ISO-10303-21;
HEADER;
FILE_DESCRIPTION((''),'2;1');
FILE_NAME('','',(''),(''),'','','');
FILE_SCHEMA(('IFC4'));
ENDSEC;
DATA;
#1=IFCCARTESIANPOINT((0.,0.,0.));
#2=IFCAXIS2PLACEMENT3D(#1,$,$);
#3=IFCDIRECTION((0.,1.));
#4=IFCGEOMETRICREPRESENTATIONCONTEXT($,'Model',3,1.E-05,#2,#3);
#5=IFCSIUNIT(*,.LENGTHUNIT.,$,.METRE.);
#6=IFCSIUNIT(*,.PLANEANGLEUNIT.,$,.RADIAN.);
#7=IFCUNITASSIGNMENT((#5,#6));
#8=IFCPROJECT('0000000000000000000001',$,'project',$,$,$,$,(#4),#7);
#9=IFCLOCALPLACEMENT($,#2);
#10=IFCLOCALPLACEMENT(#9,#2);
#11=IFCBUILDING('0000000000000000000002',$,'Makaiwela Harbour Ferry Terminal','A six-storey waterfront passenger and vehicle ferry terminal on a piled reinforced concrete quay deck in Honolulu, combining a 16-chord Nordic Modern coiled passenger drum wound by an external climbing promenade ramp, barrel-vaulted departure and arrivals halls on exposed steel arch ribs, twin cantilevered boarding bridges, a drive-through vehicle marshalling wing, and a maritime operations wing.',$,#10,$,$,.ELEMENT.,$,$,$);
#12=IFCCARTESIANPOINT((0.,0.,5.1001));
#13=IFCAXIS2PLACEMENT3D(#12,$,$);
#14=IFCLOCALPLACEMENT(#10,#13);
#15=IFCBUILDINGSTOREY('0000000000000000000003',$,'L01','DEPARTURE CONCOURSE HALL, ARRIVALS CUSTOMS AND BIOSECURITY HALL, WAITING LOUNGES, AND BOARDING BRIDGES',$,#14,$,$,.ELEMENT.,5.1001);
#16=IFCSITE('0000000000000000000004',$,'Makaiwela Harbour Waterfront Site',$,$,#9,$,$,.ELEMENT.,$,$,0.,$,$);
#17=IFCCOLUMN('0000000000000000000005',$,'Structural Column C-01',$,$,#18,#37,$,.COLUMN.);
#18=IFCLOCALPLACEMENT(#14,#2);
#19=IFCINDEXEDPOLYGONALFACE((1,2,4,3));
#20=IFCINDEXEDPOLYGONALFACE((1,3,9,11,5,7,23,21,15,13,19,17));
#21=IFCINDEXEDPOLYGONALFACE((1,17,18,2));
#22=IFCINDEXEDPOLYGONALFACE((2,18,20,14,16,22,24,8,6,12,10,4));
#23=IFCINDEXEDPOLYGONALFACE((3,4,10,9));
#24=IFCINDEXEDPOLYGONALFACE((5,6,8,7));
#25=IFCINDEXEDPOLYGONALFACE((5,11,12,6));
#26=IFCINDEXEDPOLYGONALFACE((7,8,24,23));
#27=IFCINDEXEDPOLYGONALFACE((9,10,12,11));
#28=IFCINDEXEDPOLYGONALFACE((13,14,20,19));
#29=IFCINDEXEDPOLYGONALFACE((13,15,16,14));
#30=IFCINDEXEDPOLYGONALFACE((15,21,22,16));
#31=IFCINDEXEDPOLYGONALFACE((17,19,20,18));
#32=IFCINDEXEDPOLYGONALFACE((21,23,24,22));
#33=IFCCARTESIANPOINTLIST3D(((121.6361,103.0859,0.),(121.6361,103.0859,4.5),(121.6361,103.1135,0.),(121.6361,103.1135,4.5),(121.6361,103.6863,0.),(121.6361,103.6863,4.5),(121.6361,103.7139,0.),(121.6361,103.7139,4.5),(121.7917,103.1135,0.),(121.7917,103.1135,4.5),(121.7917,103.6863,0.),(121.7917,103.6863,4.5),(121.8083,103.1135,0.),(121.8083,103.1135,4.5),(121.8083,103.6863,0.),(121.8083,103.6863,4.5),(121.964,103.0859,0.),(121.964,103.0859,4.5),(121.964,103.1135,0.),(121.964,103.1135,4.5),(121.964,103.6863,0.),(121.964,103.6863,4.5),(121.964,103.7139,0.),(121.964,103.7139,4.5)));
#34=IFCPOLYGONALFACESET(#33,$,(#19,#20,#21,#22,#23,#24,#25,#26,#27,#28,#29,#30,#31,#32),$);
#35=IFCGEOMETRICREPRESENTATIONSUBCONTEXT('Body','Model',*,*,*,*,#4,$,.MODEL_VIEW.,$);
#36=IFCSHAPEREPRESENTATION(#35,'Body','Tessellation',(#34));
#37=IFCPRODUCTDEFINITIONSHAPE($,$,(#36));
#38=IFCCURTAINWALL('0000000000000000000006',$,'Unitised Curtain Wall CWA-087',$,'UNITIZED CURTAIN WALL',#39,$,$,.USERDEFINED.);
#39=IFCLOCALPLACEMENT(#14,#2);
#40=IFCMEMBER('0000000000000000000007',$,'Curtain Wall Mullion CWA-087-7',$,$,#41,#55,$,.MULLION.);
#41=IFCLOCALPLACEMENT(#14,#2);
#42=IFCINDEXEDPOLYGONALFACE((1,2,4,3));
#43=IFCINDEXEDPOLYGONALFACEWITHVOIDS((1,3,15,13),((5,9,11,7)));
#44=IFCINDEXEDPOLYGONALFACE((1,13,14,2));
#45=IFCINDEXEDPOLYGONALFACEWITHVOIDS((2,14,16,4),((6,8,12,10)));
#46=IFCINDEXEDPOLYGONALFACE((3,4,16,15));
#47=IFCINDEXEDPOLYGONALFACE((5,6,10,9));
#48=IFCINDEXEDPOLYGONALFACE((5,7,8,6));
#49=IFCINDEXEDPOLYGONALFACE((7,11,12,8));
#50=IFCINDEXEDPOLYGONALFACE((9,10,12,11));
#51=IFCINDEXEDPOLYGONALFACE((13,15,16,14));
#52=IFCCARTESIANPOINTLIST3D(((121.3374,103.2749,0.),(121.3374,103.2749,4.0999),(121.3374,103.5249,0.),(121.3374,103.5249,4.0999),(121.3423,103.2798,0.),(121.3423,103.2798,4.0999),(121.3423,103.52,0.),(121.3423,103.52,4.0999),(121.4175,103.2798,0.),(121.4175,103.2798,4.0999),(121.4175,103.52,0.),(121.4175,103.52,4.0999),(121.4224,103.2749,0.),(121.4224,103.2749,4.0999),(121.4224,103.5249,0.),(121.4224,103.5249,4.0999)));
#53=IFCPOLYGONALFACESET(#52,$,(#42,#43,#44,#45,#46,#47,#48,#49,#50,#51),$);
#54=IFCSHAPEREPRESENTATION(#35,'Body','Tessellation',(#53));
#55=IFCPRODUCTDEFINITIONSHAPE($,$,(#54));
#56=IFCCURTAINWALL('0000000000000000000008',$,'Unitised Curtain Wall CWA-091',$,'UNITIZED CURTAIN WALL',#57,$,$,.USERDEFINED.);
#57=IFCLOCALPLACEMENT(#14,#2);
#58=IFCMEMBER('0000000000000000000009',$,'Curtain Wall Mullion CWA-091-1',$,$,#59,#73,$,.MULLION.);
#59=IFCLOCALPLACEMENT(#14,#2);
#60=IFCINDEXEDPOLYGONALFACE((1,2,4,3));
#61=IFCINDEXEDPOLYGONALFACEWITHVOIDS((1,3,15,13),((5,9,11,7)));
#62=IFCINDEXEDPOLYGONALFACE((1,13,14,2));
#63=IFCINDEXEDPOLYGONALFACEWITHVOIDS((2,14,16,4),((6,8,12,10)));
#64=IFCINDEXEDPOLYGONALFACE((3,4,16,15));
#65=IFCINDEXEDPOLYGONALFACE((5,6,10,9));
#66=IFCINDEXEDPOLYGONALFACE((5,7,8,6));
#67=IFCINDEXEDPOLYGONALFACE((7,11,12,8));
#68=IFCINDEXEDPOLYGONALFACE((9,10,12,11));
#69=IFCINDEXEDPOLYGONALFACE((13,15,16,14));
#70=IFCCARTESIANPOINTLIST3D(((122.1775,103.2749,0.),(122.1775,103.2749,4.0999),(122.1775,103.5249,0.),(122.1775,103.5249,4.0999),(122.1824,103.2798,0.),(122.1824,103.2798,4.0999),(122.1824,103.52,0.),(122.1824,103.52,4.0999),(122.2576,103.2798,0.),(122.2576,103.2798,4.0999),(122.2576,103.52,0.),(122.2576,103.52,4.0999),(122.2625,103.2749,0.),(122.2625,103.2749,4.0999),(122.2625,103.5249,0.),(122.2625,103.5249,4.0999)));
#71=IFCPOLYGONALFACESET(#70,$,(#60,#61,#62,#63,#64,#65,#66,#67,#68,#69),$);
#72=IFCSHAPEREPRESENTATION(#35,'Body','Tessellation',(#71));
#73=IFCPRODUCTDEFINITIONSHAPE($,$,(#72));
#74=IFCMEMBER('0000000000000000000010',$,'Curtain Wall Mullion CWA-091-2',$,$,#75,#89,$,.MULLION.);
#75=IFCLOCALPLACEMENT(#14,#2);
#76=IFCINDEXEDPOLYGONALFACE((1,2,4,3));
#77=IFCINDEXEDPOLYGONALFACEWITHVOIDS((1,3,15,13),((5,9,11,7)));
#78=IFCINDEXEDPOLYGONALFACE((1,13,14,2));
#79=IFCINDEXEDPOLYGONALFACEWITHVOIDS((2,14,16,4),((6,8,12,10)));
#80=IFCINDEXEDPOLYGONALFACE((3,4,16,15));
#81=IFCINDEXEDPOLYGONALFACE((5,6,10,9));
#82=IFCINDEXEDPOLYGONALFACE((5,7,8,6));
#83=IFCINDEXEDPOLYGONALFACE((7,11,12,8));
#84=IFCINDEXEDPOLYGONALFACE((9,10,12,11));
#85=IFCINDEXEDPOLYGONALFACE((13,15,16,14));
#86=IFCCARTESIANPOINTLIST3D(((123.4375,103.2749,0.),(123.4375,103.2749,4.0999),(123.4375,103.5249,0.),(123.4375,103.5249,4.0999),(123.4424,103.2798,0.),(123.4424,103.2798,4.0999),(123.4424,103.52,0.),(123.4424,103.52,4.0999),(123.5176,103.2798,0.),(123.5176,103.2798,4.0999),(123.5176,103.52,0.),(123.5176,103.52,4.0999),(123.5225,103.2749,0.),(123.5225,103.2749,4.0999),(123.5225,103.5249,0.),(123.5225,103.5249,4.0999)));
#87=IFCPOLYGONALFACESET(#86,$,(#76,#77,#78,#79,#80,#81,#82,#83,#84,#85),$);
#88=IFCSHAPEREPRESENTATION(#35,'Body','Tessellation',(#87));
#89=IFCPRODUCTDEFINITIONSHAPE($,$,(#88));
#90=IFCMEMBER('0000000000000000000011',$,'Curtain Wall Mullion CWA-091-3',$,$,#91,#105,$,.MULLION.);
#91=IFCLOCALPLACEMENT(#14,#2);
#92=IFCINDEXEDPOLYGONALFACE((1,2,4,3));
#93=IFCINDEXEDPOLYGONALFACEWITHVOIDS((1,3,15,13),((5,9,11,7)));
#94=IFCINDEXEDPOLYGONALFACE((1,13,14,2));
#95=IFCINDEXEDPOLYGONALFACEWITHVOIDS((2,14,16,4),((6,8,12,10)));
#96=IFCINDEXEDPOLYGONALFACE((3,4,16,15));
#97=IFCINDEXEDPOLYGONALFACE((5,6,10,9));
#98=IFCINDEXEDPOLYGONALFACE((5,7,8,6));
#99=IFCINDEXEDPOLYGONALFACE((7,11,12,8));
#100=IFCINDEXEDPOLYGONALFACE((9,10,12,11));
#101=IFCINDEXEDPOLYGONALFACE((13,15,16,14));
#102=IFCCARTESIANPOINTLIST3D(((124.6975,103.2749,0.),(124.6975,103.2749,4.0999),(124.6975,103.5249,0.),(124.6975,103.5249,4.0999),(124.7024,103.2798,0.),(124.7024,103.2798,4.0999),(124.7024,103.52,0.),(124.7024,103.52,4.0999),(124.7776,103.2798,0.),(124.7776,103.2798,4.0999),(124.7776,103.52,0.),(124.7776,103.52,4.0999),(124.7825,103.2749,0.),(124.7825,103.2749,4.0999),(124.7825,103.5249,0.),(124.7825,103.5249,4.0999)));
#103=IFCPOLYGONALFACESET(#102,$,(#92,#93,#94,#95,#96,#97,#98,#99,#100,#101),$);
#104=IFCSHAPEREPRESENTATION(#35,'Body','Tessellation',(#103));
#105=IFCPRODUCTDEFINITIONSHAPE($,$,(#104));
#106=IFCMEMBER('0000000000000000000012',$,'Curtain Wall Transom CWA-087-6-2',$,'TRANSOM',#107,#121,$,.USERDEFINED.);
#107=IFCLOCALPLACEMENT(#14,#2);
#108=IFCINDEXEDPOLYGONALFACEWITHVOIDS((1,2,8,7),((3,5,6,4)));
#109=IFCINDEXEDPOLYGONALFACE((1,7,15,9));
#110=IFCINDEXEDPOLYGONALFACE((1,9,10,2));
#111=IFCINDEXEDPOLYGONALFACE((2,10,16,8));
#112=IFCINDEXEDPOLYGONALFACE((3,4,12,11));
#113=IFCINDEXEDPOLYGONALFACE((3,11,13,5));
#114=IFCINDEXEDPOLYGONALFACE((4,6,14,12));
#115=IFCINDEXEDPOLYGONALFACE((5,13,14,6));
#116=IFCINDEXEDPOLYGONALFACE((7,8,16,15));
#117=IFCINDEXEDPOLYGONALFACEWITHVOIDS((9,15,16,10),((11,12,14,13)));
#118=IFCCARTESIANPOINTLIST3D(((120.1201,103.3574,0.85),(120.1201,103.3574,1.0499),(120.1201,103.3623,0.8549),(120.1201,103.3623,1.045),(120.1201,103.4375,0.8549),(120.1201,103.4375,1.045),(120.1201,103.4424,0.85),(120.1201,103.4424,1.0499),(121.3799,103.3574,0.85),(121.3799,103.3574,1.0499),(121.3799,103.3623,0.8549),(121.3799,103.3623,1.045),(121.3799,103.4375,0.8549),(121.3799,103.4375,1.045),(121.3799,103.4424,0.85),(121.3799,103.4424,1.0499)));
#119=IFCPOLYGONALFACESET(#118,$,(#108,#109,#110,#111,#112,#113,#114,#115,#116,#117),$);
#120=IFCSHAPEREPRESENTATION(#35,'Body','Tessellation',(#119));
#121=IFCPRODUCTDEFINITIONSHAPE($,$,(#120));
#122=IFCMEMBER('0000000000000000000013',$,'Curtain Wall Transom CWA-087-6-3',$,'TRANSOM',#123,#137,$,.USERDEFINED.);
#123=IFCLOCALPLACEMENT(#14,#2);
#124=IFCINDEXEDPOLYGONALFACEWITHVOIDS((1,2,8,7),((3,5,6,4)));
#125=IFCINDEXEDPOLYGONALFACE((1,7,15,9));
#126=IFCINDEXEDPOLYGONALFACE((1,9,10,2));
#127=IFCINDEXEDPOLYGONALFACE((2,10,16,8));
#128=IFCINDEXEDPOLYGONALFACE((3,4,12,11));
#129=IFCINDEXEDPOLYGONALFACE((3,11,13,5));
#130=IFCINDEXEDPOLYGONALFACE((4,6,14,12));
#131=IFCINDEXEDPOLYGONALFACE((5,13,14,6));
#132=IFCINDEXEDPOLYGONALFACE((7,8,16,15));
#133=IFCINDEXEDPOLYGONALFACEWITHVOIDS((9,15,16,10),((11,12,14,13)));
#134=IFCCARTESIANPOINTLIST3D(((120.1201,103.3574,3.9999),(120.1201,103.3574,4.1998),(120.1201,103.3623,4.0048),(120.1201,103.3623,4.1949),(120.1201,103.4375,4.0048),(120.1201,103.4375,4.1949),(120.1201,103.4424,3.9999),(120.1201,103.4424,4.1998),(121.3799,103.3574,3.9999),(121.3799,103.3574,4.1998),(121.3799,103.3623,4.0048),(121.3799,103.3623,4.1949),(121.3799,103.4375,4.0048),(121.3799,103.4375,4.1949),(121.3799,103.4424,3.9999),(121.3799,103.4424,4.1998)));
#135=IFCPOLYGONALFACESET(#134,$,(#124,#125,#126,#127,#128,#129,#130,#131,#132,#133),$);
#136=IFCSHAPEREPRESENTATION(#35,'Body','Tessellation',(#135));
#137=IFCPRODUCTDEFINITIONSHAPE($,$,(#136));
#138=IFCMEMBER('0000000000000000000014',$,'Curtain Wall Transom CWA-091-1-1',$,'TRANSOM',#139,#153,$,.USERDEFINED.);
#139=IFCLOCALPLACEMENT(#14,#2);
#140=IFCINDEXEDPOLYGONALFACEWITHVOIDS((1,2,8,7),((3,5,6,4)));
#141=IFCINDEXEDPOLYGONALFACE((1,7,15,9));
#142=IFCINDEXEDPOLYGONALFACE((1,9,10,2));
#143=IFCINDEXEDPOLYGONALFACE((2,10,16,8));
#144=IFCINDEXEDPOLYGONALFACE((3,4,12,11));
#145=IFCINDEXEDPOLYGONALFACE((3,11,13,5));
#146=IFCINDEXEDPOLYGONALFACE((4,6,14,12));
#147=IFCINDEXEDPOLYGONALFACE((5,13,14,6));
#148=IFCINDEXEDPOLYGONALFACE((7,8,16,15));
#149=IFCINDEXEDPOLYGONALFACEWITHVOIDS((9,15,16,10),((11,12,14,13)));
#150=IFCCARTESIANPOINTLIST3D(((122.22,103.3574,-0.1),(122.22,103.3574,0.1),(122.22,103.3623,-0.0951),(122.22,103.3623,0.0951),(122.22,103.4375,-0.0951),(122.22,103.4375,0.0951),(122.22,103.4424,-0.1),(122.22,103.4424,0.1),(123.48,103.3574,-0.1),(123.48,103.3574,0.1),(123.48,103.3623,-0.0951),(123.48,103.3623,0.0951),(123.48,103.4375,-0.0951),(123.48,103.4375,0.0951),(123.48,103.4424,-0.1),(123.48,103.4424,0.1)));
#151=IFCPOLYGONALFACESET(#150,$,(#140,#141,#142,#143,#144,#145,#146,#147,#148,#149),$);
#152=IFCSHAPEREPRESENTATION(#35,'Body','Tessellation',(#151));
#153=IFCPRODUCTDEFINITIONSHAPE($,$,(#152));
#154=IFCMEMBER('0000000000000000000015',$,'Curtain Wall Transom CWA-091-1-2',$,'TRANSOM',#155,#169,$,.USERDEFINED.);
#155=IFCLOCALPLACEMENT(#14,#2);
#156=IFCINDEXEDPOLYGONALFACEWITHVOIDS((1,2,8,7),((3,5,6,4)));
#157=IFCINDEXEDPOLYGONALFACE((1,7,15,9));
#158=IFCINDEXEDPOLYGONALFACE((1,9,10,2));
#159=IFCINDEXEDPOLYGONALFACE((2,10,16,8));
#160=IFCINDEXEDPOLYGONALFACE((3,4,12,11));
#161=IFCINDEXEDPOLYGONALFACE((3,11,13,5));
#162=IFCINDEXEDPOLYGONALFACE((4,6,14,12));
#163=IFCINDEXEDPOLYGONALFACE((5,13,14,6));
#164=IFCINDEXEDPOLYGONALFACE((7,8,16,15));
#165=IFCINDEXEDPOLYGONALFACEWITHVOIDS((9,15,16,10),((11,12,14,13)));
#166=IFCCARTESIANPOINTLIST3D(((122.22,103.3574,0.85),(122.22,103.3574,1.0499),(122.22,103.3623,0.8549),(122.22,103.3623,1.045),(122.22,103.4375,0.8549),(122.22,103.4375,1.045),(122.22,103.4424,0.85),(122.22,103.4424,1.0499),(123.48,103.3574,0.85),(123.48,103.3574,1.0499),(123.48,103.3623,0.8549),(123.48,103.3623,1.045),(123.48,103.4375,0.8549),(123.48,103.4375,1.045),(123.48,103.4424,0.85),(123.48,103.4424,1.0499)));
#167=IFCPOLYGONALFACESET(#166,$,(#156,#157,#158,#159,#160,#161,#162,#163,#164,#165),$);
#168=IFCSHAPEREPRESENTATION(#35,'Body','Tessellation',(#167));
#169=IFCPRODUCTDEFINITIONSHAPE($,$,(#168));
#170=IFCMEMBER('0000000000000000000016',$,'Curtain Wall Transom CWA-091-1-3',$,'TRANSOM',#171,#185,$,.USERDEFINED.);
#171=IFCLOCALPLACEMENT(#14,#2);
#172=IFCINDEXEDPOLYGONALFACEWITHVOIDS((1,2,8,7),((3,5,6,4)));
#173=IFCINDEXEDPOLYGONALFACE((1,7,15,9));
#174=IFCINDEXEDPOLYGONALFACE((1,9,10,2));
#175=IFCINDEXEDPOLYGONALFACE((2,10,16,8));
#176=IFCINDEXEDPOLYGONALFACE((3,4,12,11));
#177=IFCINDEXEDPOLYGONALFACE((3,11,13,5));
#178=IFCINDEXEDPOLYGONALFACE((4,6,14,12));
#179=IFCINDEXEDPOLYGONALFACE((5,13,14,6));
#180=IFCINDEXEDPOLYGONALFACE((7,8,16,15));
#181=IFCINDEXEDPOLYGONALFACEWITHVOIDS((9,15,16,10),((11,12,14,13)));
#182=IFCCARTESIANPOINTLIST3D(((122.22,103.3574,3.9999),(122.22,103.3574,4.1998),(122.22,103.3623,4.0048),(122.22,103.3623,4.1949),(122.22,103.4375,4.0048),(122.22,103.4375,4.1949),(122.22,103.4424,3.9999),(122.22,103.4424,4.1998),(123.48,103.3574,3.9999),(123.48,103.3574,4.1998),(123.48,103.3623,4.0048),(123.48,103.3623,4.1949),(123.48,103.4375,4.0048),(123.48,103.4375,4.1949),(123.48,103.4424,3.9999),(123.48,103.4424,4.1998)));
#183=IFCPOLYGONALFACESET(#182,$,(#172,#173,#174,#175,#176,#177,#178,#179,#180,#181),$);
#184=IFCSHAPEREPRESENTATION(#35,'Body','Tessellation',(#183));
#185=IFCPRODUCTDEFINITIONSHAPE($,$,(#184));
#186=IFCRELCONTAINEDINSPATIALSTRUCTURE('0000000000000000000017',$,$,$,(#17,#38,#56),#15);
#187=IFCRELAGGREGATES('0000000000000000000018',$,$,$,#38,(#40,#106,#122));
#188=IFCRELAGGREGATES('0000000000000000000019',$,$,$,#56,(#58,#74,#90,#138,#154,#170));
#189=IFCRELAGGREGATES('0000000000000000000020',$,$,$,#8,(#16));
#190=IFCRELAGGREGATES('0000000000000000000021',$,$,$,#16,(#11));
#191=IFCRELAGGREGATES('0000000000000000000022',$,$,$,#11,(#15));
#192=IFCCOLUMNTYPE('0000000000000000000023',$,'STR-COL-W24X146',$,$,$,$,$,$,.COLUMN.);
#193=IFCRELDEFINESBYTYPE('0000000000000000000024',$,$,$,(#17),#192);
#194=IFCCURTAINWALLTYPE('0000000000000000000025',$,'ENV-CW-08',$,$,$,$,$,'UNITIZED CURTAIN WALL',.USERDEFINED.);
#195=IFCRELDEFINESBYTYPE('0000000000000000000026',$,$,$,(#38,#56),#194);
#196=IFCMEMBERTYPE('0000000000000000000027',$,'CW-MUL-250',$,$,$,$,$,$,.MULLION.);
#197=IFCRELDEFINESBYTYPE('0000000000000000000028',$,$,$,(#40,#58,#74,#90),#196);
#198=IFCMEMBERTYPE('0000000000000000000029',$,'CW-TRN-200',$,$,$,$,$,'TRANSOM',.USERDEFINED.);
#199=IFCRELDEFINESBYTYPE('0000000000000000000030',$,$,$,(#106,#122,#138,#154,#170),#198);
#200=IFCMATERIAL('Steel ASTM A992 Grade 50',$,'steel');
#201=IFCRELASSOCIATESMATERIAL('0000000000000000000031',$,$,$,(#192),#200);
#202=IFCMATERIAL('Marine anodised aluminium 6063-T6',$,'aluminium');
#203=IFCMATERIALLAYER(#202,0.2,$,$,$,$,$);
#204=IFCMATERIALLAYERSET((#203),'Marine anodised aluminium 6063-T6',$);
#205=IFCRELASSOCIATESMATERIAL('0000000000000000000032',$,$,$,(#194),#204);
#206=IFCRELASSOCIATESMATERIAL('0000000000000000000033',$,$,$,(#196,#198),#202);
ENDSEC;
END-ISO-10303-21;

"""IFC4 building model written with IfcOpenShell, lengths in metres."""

from ifc_helpers import new_model, si_unit, direction, frame, origin, origin_2d, place, context, subcontext, project, spatial, hollow_rectangle, i_section, extrude, material, layer, layer_set, material_profile, profile_set, type_object, element, aggregate, save


model = new_model("IFC4")

# Units and contexts
model_context = context("Model", 3, precision=1e-05, world=origin(), true_north=direction((0.0, 1.0)))
body_context = subcontext(model_context, "Body", "Model", "MODEL_VIEW")
ifc_project = project(units=[si_unit("LENGTHUNIT", "METRE"), si_unit("PLANEANGLEUNIT", "RADIAN")], contexts=[model_context])

# Site, building, storey
site_placement = place(None, origin())
site = spatial("IfcSite", under=ifc_project, at=site_placement, Name="Makaiwela Harbour Waterfront Site", CompositionType="ELEMENT", RefElevation=0.0)
building_placement = place(site_placement, origin())
building = spatial("IfcBuilding", under=site, at=building_placement, Name="Makaiwela Harbour Ferry Terminal", Description="A six-storey waterfront passenger and vehicle ferry terminal on a piled reinforced concrete quay deck in Honolulu, combining a 16-chord Nordic Modern coiled passenger drum wound by an external climbing promenade ramp, barrel-vaulted departure and arrivals halls on exposed steel arch ribs, twin cantilevered boarding bridges, a drive-through vehicle marshalling wing, and a maritime operations wing.", CompositionType="ELEMENT")
storey_placement = place(building_placement, frame((0.0, 0.0, 5.1001)))
storey = spatial("IfcBuildingStorey", under=building, at=storey_placement, Name="L01", Description="DEPARTURE CONCOURSE HALL, ARRIVALS CUSTOMS AND BIOSECURITY HALL, WAITING LOUNGES, AND BOARDING BRIDGES", CompositionType="ELEMENT", Elevation=5.1001)

# Column
ifc_material_1 = material(Name="Steel ASTM A992 Grade 50", Category="steel")
ifc_material_profile_1 = material_profile(ifc_material_1, i_section(OverallWidth=0.3279, OverallDepth=0.6279, WebThickness=0.0166, FlangeThickness=0.0276, at=origin_2d()), Name="W24X146")
ifc_profile_set_1 = profile_set([ifc_material_profile_1], Name="Steel ASTM A992 Grade 50")
column_type = type_object("IfcColumnType", Name="STR-COL-W24X146", PredefinedType="COLUMN", material=ifc_profile_set_1)
column_placement = place(storey_placement, frame((121.8, 103.3999, 0.0), z_axis=(0.0, 0.0, 1.0), x_axis=(1.0, 0.0, 0.0)))
element("IfcColumn", 1, at=column_placement, inside=storey, type_object=column_type, Name="Structural Column C-01", PredefinedType="COLUMN", context=body_context, shape_type="SweptSolid", body=[
    extrude(i_section(OverallWidth=0.3279, OverallDepth=0.6279, WebThickness=0.0166, FlangeThickness=0.0276, at=origin_2d()), origin(), (0.0, 0.0, 1.0), 4.5),
])

# Curtain wall, member
ifc_material_2 = material(Name="Marine anodised aluminium 6063-T6", Category="aluminium")
ifc_layer_1 = layer(ifc_material_2, 0.2)
ifc_layer_set_1 = layer_set([ifc_layer_1], Name="Marine anodised aluminium 6063-T6")
curtain_wall_type = type_object("IfcCurtainWallType", Name="ENV-CW-08", ElementType="UNITIZED CURTAIN WALL", PredefinedType="USERDEFINED", material=ifc_layer_set_1)
curtain_wall_1_placement = place(storey_placement, origin())
curtain_wall_1 = element("IfcCurtainWall", 2, at=curtain_wall_1_placement, inside=storey, type_object=curtain_wall_type, Name="Unitised Curtain Wall CWA-087", ObjectType="UNITIZED CURTAIN WALL", PredefinedType="USERDEFINED")
ifc_material_profile_2 = material_profile(ifc_material_2, hollow_rectangle(XDim=0.085, YDim=0.25, WallThickness=0.0049, at=origin_2d()), Name="CWM-250X85")
ifc_profile_set_2 = profile_set([ifc_material_profile_2], Name="Marine anodised aluminium 6063-T6")
member_type_1 = type_object("IfcMemberType", Name="CW-MUL-250", PredefinedType="MULLION", material=ifc_profile_set_2)
member_1_placement = place(storey_placement, frame((121.3799, 103.3999, 0.0), z_axis=(0.0, 0.0, 1.0), x_axis=(1.0, 0.0, 0.0)))
member_1 = element("IfcMember", 3, at=member_1_placement, type_object=member_type_1, Name="Curtain Wall Mullion CWA-087-7", PredefinedType="MULLION", context=body_context, shape_type="SweptSolid", body=[
    extrude(hollow_rectangle(XDim=0.085, YDim=0.25, WallThickness=0.0049, at=origin_2d()), origin(), (0.0, 0.0, 1.0), 4.0999),
])

# Curtain wall, members
curtain_wall_2_placement = place(storey_placement, origin())
curtain_wall_2 = element("IfcCurtainWall", 4, at=curtain_wall_2_placement, inside=storey, type_object=curtain_wall_type, Name="Unitised Curtain Wall CWA-091", ObjectType="UNITIZED CURTAIN WALL", PredefinedType="USERDEFINED")
member_2_placement = place(storey_placement, frame((122.22, 103.3999, 0.0), z_axis=(0.0, 0.0, 1.0), x_axis=(1.0, 0.0, 0.0)))
member_2 = element("IfcMember", 5, at=member_2_placement, type_object=member_type_1, Name="Curtain Wall Mullion CWA-091-1", PredefinedType="MULLION", context=body_context, shape_type="SweptSolid", body=[
    extrude(hollow_rectangle(XDim=0.085, YDim=0.25, WallThickness=0.0049, at=origin_2d()), origin(), (0.0, 0.0, 1.0), 4.0999),
])
member_3_placement = place(storey_placement, frame((123.48, 103.3999, 0.0), z_axis=(0.0, 0.0, 1.0), x_axis=(1.0, 0.0, 0.0)))
member_3 = element("IfcMember", 6, at=member_3_placement, type_object=member_type_1, Name="Curtain Wall Mullion CWA-091-2", PredefinedType="MULLION", context=body_context, shape_type="SweptSolid", body=[
    extrude(hollow_rectangle(XDim=0.085, YDim=0.25, WallThickness=0.0049, at=origin_2d()), origin(), (0.0, 0.0, 1.0), 4.0999),
])
member_4_placement = place(storey_placement, frame((124.74, 103.3999, 0.0), z_axis=(0.0, 0.0, 1.0), x_axis=(1.0, 0.0, 0.0)))
member_4 = element("IfcMember", 7, at=member_4_placement, type_object=member_type_1, Name="Curtain Wall Mullion CWA-091-3", PredefinedType="MULLION", context=body_context, shape_type="SweptSolid", body=[
    extrude(hollow_rectangle(XDim=0.085, YDim=0.25, WallThickness=0.0049, at=origin_2d()), origin(), (0.0, 0.0, 1.0), 4.0999),
])

# Members
ifc_material_profile_3 = material_profile(ifc_material_2, hollow_rectangle(XDim=0.085, YDim=0.2, WallThickness=0.0049, at=origin_2d()), Name="CWT-200X85")
ifc_profile_set_3 = profile_set([ifc_material_profile_3], Name="Marine anodised aluminium 6063-T6")
member_type_2 = type_object("IfcMemberType", Name="CW-TRN-200", ElementType="TRANSOM", PredefinedType="USERDEFINED", material=ifc_profile_set_3)
member_5_placement = place(storey_placement, frame((120.1201, 103.3999, 0.95), z_axis=(1.0, 0.0, 0.0), x_axis=(0.0, 1.0, 0.0)))
member_5 = element("IfcMember", 8, at=member_5_placement, type_object=member_type_2, Name="Curtain Wall Transom CWA-087-6-2", ObjectType="TRANSOM", PredefinedType="USERDEFINED", context=body_context, shape_type="SweptSolid", body=[
    extrude(hollow_rectangle(XDim=0.085, YDim=0.2, WallThickness=0.0049, at=origin_2d()), origin(), (0.0, 0.0, 1.0), 1.2598),
])
member_6_placement = place(storey_placement, frame((120.1201, 103.3999, 4.0999), z_axis=(1.0, 0.0, 0.0), x_axis=(0.0, 1.0, 0.0)))
member_6 = element("IfcMember", 9, at=member_6_placement, type_object=member_type_2, Name="Curtain Wall Transom CWA-087-6-3", ObjectType="TRANSOM", PredefinedType="USERDEFINED", context=body_context, shape_type="SweptSolid", body=[
    extrude(hollow_rectangle(XDim=0.085, YDim=0.2, WallThickness=0.0049, at=origin_2d()), origin(), (0.0, 0.0, 1.0), 1.2598),
])
member_7_placement = place(storey_placement, frame((122.22, 103.3999, 0.0), z_axis=(1.0, 0.0, 0.0), x_axis=(0.0, 1.0, 0.0)))
member_7 = element("IfcMember", 10, at=member_7_placement, type_object=member_type_2, Name="Curtain Wall Transom CWA-091-1-1", ObjectType="TRANSOM", PredefinedType="USERDEFINED", context=body_context, shape_type="SweptSolid", body=[
    extrude(hollow_rectangle(XDim=0.085, YDim=0.2, WallThickness=0.0049, at=origin_2d()), origin(), (0.0, 0.0, 1.0), 1.26),
])
member_8_placement = place(storey_placement, frame((122.22, 103.3999, 0.95), z_axis=(1.0, 0.0, 0.0), x_axis=(0.0, 1.0, 0.0)))
member_8 = element("IfcMember", 11, at=member_8_placement, type_object=member_type_2, Name="Curtain Wall Transom CWA-091-1-2", ObjectType="TRANSOM", PredefinedType="USERDEFINED", context=body_context, shape_type="SweptSolid", body=[
    extrude(hollow_rectangle(XDim=0.085, YDim=0.2, WallThickness=0.0049, at=origin_2d()), origin(), (0.0, 0.0, 1.0), 1.26),
])
member_9_placement = place(storey_placement, frame((122.22, 103.3999, 4.0999), z_axis=(1.0, 0.0, 0.0), x_axis=(0.0, 1.0, 0.0)))
member_9 = element("IfcMember", 12, at=member_9_placement, type_object=member_type_2, Name="Curtain Wall Transom CWA-091-1-3", ObjectType="TRANSOM", PredefinedType="USERDEFINED", context=body_context, shape_type="SweptSolid", body=[
    extrude(hollow_rectangle(XDim=0.085, YDim=0.2, WallThickness=0.0049, at=origin_2d()), origin(), (0.0, 0.0, 1.0), 1.26),
])

aggregate(curtain_wall_1, [member_1, member_5, member_6])
aggregate(curtain_wall_2, [member_2, member_3, member_4, member_7, member_8, member_9])

save(model, "model.ifc")
